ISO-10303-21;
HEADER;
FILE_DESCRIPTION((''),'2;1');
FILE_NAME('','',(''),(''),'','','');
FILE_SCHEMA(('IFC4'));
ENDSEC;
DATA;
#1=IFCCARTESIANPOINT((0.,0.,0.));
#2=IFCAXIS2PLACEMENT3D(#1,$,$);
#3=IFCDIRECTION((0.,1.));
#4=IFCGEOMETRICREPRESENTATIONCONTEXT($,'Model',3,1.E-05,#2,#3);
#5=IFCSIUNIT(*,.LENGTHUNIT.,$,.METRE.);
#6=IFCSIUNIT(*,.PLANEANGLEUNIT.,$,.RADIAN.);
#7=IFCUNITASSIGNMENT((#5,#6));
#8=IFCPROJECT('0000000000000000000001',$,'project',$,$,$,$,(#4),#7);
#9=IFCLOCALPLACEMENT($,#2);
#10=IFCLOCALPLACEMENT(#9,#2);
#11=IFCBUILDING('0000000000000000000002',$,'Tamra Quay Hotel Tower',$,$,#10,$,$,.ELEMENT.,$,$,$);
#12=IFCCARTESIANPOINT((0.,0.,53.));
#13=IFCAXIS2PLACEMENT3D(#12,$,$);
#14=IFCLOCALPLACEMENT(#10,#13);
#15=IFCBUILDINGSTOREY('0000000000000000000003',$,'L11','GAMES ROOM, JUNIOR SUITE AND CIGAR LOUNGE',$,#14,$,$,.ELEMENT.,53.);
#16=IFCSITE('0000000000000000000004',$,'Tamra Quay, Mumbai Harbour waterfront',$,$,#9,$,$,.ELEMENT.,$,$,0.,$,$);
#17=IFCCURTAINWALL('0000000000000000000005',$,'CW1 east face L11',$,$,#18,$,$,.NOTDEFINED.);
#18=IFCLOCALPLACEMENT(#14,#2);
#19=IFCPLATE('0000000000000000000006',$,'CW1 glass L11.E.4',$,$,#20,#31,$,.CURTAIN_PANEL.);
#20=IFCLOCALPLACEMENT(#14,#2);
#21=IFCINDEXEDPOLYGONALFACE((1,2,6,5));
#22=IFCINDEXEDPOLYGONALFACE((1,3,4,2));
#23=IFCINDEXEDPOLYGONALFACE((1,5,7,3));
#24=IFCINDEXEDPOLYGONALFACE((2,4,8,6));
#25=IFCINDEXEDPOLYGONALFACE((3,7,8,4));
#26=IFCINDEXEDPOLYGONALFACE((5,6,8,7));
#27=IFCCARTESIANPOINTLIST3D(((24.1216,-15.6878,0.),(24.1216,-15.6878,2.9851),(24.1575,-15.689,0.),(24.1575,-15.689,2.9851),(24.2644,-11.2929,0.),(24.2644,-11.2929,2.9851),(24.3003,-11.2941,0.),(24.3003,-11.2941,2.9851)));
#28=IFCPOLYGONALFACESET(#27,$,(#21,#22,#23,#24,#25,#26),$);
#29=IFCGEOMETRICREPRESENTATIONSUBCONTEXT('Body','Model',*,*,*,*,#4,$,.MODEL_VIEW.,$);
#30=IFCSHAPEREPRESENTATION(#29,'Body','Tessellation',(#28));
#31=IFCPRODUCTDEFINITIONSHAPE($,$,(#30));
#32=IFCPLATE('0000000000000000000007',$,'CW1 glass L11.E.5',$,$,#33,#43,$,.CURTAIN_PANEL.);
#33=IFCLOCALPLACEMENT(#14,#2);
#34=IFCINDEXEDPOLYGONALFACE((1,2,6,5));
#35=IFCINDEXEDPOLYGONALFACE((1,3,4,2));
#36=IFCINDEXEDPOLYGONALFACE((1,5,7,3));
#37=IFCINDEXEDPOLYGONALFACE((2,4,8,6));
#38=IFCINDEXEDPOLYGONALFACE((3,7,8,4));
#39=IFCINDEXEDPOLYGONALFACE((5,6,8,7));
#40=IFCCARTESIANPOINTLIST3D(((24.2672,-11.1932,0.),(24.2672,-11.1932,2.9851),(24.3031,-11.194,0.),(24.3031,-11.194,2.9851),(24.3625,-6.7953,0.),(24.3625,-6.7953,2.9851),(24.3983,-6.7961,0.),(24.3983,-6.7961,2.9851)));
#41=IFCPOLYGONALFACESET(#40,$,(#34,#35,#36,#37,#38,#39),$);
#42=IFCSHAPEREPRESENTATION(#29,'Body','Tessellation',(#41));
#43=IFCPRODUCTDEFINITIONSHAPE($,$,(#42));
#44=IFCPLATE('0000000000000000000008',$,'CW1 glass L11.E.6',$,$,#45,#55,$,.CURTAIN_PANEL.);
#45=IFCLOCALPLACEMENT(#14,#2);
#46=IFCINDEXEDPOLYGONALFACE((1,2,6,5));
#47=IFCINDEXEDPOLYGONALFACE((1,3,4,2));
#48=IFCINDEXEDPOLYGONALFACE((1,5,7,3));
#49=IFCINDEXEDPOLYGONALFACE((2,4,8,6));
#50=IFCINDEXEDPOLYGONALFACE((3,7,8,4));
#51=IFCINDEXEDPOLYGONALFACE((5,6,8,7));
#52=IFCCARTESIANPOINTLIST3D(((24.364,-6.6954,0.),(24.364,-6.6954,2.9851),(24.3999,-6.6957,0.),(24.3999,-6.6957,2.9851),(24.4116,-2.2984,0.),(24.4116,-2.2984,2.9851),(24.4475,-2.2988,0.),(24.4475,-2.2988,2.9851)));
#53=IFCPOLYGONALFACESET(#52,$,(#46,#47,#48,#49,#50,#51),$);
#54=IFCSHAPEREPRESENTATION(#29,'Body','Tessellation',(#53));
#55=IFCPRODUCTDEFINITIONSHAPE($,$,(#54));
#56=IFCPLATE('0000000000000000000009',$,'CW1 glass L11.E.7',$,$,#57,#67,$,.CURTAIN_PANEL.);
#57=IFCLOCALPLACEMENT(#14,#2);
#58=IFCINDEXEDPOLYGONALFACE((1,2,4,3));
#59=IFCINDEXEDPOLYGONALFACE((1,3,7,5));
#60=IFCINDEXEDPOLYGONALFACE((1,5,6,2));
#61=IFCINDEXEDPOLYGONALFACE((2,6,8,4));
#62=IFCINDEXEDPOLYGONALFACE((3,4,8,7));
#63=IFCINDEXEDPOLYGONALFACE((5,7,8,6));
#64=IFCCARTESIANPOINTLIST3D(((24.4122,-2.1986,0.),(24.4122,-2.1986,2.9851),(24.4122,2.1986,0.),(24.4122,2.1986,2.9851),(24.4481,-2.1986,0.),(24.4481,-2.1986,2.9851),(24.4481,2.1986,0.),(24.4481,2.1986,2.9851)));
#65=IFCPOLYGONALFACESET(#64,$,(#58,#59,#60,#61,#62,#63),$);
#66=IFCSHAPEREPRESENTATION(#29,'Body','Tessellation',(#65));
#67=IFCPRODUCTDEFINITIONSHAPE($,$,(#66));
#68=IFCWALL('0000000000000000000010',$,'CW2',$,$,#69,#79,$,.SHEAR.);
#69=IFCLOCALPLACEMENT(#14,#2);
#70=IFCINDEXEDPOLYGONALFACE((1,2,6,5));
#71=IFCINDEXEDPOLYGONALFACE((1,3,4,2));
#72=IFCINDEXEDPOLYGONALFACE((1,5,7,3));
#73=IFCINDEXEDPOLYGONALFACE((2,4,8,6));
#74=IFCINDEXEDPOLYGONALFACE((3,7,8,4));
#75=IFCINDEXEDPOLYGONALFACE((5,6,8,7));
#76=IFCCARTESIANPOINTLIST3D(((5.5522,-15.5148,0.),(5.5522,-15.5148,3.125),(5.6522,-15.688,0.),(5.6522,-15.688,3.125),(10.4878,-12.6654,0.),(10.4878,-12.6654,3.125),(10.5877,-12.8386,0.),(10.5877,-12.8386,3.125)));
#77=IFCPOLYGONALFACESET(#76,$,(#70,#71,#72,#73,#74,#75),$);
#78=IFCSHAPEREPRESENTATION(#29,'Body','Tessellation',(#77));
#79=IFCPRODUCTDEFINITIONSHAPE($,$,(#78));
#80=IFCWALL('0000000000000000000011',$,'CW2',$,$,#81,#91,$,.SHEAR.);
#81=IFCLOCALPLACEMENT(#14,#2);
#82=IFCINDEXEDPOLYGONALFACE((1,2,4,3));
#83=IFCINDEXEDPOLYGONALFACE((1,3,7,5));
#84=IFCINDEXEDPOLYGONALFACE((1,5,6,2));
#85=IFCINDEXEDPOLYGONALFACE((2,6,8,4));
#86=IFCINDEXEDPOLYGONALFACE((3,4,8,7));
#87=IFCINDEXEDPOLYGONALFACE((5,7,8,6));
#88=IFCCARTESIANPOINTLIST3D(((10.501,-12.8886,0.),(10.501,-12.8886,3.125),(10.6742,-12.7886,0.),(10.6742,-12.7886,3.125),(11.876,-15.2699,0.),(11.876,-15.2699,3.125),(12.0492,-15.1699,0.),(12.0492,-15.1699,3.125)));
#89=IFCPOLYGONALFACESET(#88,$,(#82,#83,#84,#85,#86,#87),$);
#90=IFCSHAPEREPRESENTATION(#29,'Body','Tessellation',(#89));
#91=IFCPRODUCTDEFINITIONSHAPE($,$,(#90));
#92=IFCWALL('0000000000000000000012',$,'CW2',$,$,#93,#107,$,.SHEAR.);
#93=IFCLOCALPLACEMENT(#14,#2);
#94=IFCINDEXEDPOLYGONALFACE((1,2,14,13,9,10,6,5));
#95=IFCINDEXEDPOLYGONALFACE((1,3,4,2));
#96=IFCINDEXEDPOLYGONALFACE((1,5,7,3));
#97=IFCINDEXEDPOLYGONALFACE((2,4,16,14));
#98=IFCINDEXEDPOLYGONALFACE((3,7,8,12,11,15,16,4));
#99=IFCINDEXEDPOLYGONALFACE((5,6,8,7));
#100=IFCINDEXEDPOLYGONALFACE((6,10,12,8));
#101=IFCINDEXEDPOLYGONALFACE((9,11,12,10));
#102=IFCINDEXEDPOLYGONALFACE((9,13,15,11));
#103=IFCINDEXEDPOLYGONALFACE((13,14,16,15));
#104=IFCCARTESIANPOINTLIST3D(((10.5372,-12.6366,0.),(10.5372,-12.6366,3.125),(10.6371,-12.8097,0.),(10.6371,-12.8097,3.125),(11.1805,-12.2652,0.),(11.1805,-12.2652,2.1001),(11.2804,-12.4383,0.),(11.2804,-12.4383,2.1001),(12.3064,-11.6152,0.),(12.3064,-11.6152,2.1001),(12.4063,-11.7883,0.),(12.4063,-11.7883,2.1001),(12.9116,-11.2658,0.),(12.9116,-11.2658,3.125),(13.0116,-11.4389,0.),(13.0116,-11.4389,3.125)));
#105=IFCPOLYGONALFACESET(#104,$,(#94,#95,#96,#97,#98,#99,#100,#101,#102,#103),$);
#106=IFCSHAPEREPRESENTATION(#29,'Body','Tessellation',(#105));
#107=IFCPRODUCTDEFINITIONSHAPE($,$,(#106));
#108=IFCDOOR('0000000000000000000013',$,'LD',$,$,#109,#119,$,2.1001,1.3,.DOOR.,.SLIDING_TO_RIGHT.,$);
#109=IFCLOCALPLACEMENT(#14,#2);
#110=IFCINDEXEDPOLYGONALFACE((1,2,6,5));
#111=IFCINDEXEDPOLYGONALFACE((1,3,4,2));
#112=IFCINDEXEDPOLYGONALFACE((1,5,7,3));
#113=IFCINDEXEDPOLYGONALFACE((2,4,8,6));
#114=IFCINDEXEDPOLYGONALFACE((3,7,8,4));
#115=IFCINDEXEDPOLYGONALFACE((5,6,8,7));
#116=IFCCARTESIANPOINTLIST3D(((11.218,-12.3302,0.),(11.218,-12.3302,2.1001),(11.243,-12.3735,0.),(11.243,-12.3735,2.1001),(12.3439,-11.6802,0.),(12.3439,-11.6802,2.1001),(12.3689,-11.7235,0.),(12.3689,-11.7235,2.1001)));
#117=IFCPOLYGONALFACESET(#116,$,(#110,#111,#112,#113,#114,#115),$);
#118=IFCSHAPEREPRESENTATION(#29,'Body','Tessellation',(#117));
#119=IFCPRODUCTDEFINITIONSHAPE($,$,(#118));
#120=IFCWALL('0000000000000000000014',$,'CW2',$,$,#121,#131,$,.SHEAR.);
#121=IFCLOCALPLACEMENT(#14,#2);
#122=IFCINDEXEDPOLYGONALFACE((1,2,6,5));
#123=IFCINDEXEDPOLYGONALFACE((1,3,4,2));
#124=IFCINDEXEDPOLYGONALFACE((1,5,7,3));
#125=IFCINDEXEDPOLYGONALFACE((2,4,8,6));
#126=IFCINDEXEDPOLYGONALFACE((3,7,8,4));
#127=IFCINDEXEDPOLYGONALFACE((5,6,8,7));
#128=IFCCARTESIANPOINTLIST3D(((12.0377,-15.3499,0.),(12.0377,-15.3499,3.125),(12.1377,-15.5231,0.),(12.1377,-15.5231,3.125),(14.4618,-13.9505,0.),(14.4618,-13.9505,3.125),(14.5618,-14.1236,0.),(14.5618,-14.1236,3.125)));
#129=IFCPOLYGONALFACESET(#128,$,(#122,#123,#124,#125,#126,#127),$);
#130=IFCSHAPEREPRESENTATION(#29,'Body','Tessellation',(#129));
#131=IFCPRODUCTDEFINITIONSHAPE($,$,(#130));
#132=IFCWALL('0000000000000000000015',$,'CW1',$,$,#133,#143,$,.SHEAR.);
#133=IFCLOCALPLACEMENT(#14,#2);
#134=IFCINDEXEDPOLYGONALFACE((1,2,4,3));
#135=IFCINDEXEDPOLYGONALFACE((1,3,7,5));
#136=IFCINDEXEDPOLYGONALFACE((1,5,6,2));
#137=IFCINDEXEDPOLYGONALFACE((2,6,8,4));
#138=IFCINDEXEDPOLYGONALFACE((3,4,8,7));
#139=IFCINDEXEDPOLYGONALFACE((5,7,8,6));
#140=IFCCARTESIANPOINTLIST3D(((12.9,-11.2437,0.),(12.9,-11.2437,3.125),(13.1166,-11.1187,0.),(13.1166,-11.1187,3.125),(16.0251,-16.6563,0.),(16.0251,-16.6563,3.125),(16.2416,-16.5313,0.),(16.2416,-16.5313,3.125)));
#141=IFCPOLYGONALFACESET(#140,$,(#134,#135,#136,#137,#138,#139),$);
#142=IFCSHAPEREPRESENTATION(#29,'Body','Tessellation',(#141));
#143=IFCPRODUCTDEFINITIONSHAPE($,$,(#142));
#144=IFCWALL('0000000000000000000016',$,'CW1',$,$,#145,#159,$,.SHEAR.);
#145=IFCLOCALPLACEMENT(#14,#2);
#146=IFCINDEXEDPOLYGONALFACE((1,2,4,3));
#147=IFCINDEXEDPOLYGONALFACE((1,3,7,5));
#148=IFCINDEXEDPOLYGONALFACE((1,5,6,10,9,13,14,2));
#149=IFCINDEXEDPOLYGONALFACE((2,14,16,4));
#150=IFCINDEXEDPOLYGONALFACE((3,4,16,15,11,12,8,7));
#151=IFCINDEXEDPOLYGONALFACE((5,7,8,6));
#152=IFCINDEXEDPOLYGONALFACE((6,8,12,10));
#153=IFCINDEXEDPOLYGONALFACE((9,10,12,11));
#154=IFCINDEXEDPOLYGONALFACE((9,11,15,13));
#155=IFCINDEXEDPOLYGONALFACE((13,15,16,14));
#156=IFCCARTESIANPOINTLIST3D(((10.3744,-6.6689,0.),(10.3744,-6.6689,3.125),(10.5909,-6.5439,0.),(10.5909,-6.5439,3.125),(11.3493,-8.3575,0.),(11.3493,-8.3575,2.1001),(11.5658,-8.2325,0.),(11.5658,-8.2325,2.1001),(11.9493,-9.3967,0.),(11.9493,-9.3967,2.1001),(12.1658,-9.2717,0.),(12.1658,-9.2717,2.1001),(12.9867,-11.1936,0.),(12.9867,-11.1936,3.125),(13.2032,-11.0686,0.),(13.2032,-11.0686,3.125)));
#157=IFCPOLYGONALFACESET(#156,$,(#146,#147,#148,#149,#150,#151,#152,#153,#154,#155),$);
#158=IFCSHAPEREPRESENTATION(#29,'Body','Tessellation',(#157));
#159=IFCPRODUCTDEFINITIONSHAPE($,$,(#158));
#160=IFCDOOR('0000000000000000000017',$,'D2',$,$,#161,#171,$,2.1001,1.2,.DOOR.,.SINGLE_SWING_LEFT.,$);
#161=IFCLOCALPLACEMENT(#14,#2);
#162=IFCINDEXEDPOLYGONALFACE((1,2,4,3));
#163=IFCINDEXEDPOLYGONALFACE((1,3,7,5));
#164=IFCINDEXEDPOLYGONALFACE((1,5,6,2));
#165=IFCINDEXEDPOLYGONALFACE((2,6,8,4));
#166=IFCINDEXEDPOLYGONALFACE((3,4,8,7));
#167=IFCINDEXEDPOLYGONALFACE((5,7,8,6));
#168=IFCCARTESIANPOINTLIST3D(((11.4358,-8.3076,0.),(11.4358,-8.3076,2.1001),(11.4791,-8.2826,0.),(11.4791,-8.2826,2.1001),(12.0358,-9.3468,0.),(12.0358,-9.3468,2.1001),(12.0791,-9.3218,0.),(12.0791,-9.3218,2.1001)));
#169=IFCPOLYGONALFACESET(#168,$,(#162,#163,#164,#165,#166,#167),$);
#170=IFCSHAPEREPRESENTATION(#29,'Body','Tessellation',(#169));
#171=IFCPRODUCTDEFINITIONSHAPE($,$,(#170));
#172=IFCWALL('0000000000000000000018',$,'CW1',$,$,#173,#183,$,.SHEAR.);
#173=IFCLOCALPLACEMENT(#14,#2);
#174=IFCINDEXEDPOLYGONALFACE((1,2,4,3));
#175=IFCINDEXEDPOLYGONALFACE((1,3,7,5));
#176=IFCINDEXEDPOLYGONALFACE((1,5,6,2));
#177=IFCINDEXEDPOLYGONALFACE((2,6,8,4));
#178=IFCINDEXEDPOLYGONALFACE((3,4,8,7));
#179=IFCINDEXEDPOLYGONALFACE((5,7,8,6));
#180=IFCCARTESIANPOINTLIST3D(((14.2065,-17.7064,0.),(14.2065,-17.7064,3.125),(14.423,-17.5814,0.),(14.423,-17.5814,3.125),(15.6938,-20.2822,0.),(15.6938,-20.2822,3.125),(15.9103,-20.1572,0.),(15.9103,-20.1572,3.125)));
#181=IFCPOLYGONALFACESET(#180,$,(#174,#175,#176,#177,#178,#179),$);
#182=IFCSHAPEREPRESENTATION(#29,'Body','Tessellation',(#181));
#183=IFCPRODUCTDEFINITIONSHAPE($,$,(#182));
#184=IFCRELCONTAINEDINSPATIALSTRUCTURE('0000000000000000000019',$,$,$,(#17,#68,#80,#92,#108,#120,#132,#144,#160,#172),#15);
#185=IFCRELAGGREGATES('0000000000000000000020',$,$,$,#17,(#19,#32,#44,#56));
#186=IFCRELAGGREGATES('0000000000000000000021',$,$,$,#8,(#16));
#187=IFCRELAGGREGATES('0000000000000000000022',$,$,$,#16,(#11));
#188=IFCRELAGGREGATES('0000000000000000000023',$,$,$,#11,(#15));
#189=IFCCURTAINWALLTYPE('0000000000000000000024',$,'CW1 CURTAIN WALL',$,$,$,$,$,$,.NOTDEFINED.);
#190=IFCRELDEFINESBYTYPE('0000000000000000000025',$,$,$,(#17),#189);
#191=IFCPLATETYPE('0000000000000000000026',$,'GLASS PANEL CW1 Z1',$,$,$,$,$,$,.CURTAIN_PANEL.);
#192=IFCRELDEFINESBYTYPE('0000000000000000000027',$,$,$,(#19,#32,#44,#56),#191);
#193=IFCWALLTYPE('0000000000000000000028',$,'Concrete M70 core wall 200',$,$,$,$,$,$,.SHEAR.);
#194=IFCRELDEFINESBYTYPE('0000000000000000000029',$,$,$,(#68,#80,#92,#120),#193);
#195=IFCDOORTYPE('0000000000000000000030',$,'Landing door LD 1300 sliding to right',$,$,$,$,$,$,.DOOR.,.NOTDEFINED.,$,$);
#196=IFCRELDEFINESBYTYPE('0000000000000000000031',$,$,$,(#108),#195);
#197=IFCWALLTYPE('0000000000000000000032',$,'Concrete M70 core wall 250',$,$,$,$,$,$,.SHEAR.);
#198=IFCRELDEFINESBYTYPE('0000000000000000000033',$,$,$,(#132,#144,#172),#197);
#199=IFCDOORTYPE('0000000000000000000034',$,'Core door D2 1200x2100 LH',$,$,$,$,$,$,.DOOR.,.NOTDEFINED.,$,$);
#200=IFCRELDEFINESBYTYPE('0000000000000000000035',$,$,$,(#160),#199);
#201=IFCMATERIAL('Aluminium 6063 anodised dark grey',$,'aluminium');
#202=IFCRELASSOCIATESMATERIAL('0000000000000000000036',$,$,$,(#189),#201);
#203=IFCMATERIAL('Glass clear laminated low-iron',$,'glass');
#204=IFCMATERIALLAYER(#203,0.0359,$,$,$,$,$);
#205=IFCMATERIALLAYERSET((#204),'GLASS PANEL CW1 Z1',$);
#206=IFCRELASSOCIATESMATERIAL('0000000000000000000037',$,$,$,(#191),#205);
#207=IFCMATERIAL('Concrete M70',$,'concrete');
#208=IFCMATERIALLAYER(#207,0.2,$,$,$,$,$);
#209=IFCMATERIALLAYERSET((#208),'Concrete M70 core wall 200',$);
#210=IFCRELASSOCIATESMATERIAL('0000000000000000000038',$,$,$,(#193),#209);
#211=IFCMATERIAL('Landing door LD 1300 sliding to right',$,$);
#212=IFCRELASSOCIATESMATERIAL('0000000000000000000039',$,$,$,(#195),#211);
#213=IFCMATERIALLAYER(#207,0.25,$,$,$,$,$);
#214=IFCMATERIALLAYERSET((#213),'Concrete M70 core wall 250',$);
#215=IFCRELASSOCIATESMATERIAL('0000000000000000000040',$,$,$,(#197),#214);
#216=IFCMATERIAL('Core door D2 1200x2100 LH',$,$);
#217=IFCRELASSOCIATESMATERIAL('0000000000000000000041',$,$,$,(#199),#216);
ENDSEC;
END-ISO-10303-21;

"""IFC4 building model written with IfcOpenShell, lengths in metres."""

from ifc_helpers import new_model, si_unit, direction, frame, frame_2d, origin, origin_2d, place, context, subcontext, project, spatial, rectangle, extrude, material, layer, layer_set, type_object, element, fill, aggregate, save


model = new_model("IFC4")

# Units and contexts
model_context = context("Model", 3, precision=1e-05, world=origin(), true_north=direction((0.0, 1.0)))
body_context = subcontext(model_context, "Body", "Model", "MODEL_VIEW")
ifc_project = project(units=[si_unit("LENGTHUNIT", "METRE"), si_unit("PLANEANGLEUNIT", "RADIAN")], contexts=[model_context])

# Site, building, storey
site_placement = place(None, origin())
site = spatial("IfcSite", under=ifc_project, at=site_placement, Name="Tamra Quay, Mumbai Harbour waterfront", CompositionType="ELEMENT", RefElevation=0.0)
building_placement = place(site_placement, origin())
building = spatial("IfcBuilding", under=site, at=building_placement, Name="Tamra Quay Hotel Tower", CompositionType="ELEMENT")
storey_placement = place(building_placement, frame((0.0, 0.0, 53.0)))
storey = spatial("IfcBuildingStorey", under=building, at=storey_placement, Name="L11", Description="GAMES ROOM, JUNIOR SUITE AND CIGAR LOUNGE", CompositionType="ELEMENT", Elevation=53.0)

# Shared definitions
ifc_material_1 = material(Name="Concrete M70", Category="concrete")

# Curtain wall
ifc_material_2 = material(Name="Aluminium 6063 anodised dark grey", Category="aluminium")
curtain_wall_type = type_object("IfcCurtainWallType", Name="CW1 CURTAIN WALL", PredefinedType="NOTDEFINED", material=ifc_material_2)
curtain_wall_placement = place(storey_placement, origin())
curtain_wall = element("IfcCurtainWall", 1, at=curtain_wall_placement, inside=storey, type_object=curtain_wall_type, Name="CW1 east face L11", PredefinedType="NOTDEFINED")

# Plates
ifc_material_3 = material(Name="Glass clear laminated low-iron", Category="glass")
ifc_layer_1 = layer(ifc_material_3, 0.0359)
ifc_layer_set_1 = layer_set([ifc_layer_1], Name="GLASS PANEL CW1 Z1")
plate_type = type_object("IfcPlateType", Name="GLASS PANEL CW1 Z1", PredefinedType="CURTAIN_PANEL", material=ifc_layer_set_1)
plate_1_placement = place(storey_placement, frame((24.2109, -13.491, 0.0), z_axis=(0.0, 0.0, 1.0), x_axis=(0.032475, 0.999473, 0.0)))
plate_1 = element("IfcPlate", 2, at=plate_1_placement, type_object=plate_type, Name="CW1 glass L11.E.4", PredefinedType="CURTAIN_PANEL", context=body_context, shape_type="SweptSolid", body=[
    extrude(rectangle(XDim=4.3972, YDim=0.0359, at=origin_2d()), origin(), (0.0, 0.0, 1.0), 2.9851),
])
plate_2_placement = place(storey_placement, frame((24.3328, -8.9946, 0.0), z_axis=(0.0, 0.0, 1.0), x_axis=(0.021657, 0.999765, 0.0)))
plate_2 = element("IfcPlate", 3, at=plate_2_placement, type_object=plate_type, Name="CW1 glass L11.E.5", PredefinedType="CURTAIN_PANEL", context=body_context, shape_type="SweptSolid", body=[
    extrude(rectangle(XDim=4.3989, YDim=0.0359, at=origin_2d()), origin(), (0.0, 0.0, 1.0), 2.9851),
])
plate_3_placement = place(storey_placement, frame((24.4058, -4.4971, 0.0), z_axis=(0.0, 0.0, 1.0), x_axis=(0.010836, 0.999941, 0.0)))
plate_3 = element("IfcPlate", 4, at=plate_3_placement, type_object=plate_type, Name="CW1 glass L11.E.6", PredefinedType="CURTAIN_PANEL", context=body_context, shape_type="SweptSolid", body=[
    extrude(rectangle(XDim=4.3972, YDim=0.0359, at=origin_2d()), origin(), (0.0, 0.0, 1.0), 2.9851),
])
plate_4_placement = place(storey_placement, frame((24.4302, 0.0, 0.0), z_axis=(0.0, 0.0, 1.0), x_axis=(0.0, 1.0, 0.0)))
plate_4 = element("IfcPlate", 5, at=plate_4_placement, type_object=plate_type, Name="CW1 glass L11.E.7", PredefinedType="CURTAIN_PANEL", context=body_context, shape_type="SweptSolid", body=[
    extrude(rectangle(XDim=4.3972, YDim=0.0359, at=origin_2d()), origin(), (0.0, 0.0, 1.0), 2.9851),
])
aggregate(curtain_wall, [plate_1, plate_2, plate_3, plate_4])

# Walls
ifc_layer_2 = layer(ifc_material_1, 0.2)
ifc_layer_set_2 = layer_set([ifc_layer_2], Name="Concrete M70 core wall 200")
wall_type_1 = type_object("IfcWallType", Name="Concrete M70 core wall 200", PredefinedType="SHEAR", material=ifc_layer_set_2)
wall_1_placement = place(storey_placement, frame((10.5378, -12.752, 0.0), z_axis=(0.0, 0.0, 1.0), x_axis=(-0.866039, -0.499977, 0.0)))
element("IfcWall", 6, at=wall_1_placement, inside=storey, type_object=wall_type_1, Name="CW2", PredefinedType="SHEAR", context=body_context, shape_type="SweptSolid", body=[
    extrude(rectangle(XDim=5.699, YDim=0.2, at=frame_2d((2.8496, 0.0))), origin(), (0.0, 0.0, 1.0), 3.125),
])
wall_2_placement = place(storey_placement, frame((11.9626, -15.22, 0.0), z_axis=(0.0, 0.0, 1.0), x_axis=(-0.500035, 0.866005, 0.0)))
element("IfcWall", 7, at=wall_2_placement, inside=storey, type_object=wall_type_1, Name="CW2", PredefinedType="SHEAR", context=body_context, shape_type="SweptSolid", body=[
    extrude(rectangle(XDim=2.7498, YDim=0.2, at=frame_2d((1.375, 0.0))), origin(), (0.0, 0.0, 1.0), 3.125),
])

# Wall, opening, door
wall_3_placement = place(storey_placement, frame((10.5872, -12.7231, 0.0), z_axis=(0.0, 0.0, 1.0), x_axis=(0.866037, 0.499979, 0.0)))
wall_3 = element("IfcWall", 8, at=wall_3_placement, inside=storey, type_object=wall_type_1, Name="CW2", PredefinedType="SHEAR", context=body_context, shape_type="SweptSolid", body=[
    extrude(rectangle(XDim=2.7417, YDim=0.2, at=frame_2d((1.3708, 0.0))), origin(), (0.0, 0.0, 1.0), 3.125),
])
opening_1_placement = place(wall_3_placement, frame((0.7429, 0.0, 0.0)))
opening_1 = element("IfcOpeningElement", 9, at=opening_1_placement, cuts=wall_3, PredefinedType="OPENING", context=body_context, shape_type="SweptSolid", body=[
    extrude(rectangle(XDim=1.3, YDim=2.1001, at=frame_2d((0.6499, 1.05))), frame((0.0, 0.1099, 0.0), z_axis=(0.0, -1.0, 0.0), x_axis=(1.0, 0.0, 0.0)), (0.0, 0.0, 1.0), 0.22),
])
ifc_material_4 = material(Name="Landing door LD 1300 sliding to right")
door_type_1 = type_object("IfcDoorType", Name="Landing door LD 1300 sliding to right", OperationType="NOTDEFINED", PredefinedType="DOOR", material=ifc_material_4)
door_1_placement = place(opening_1_placement, origin())
door_1 = element("IfcDoor", 10, at=door_1_placement, inside=storey, type_object=door_type_1, Name="LD", OperationType="SLIDING_TO_RIGHT", OverallHeight=2.1001, OverallWidth=1.3, PredefinedType="DOOR", context=body_context, shape_type="SweptSolid", body=[
    extrude(rectangle(XDim=1.3, YDim=2.1001, at=frame_2d((0.6499, 1.05))), frame((0.0, 0.0249, 0.0), z_axis=(0.0, -1.0, 0.0), x_axis=(1.0, 0.0, 0.0)), (0.0, 0.0, 1.0), 0.05),
])
fill(opening_1, door_1)

# Walls
wall_4_placement = place(storey_placement, frame((14.5117, -14.0371, 0.0), z_axis=(0.0, 0.0, 1.0), x_axis=(-0.866045, -0.499967, 0.0)))
element("IfcWall", 11, at=wall_4_placement, inside=storey, type_object=wall_type_1, Name="CW2", PredefinedType="SHEAR", context=body_context, shape_type="SweptSolid", body=[
    extrude(rectangle(XDim=2.7991, YDim=0.2, at=frame_2d((1.3994, 0.0))), origin(), (0.0, 0.0, 1.0), 3.125),
])
ifc_layer_3 = layer(ifc_material_1, 0.25)
ifc_layer_set_3 = layer_set([ifc_layer_3], Name="Concrete M70 core wall 250")
wall_type_2 = type_object("IfcWallType", Name="Concrete M70 core wall 250", PredefinedType="SHEAR", material=ifc_layer_set_3)
wall_5_placement = place(storey_placement, frame((13.0083, -11.1812, 0.0), z_axis=(0.0, 0.0, 1.0), x_axis=(0.500004, -0.866023, 0.0)))
element("IfcWall", 12, at=wall_5_placement, inside=storey, type_object=wall_type_2, Name="CW1", PredefinedType="SHEAR", context=body_context, shape_type="SweptSolid", body=[
    extrude(rectangle(XDim=6.25, YDim=0.25, at=frame_2d((3.125, 0.0))), origin(), (0.0, 0.0, 1.0), 3.125),
])

# Wall, opening, door
wall_6_placement = place(storey_placement, frame((10.4827, -6.6064, 0.0), z_axis=(0.0, 0.0, 1.0), x_axis=(0.499999, -0.866026, 0.0)))
wall_6 = element("IfcWall", 13, at=wall_6_placement, inside=storey, type_object=wall_type_2, Name="CW1", PredefinedType="SHEAR", context=body_context, shape_type="SweptSolid", body=[
    extrude(rectangle(XDim=5.2246, YDim=0.25, at=frame_2d((2.6123, 0.0))), origin(), (0.0, 0.0, 1.0), 3.125),
])
opening_2_placement = place(wall_6_placement, frame((1.9497, 0.0, 0.0)))
opening_2 = element("IfcOpeningElement", 14, at=opening_2_placement, cuts=wall_6, PredefinedType="OPENING", context=body_context, shape_type="SweptSolid", body=[
    extrude(rectangle(XDim=1.2, YDim=2.1001, at=frame_2d((0.6001, 1.05))), frame((0.0, 0.135, 0.0), z_axis=(0.0, -1.0, 0.0), x_axis=(1.0, 0.0, 0.0)), (0.0, 0.0, 1.0), 0.27),
])
ifc_material_5 = material(Name="Core door D2 1200x2100 LH")
door_type_2 = type_object("IfcDoorType", Name="Core door D2 1200x2100 LH", OperationType="NOTDEFINED", PredefinedType="DOOR", material=ifc_material_5)
door_2_placement = place(opening_2_placement, origin())
door_2 = element("IfcDoor", 15, at=door_2_placement, inside=storey, type_object=door_type_2, Name="D2", OperationType="SINGLE_SWING_LEFT", OverallHeight=2.1001, OverallWidth=1.2, PredefinedType="DOOR", context=body_context, shape_type="SweptSolid", body=[
    extrude(rectangle(XDim=1.2, YDim=2.1001, at=frame_2d((0.6001, 1.05))), frame((0.0, 0.0249, 0.0), z_axis=(0.0, -1.0, 0.0), x_axis=(1.0, 0.0, 0.0)), (0.0, 0.0, 1.0), 0.05),
])
fill(opening_2, door_2)

# Wall
wall_7_placement = place(storey_placement, frame((14.3147, -17.6438, 0.0), z_axis=(0.0, 0.0, 1.0), x_axis=(0.500023, -0.866012, 0.0)))
element("IfcWall", 16, at=wall_7_placement, inside=storey, type_object=wall_type_2, Name="CW1", PredefinedType="SHEAR", context=body_context, shape_type="SweptSolid", body=[
    extrude(rectangle(XDim=2.9744, YDim=0.25, at=frame_2d((1.4873, 0.0))), origin(), (0.0, 0.0, 1.0), 3.125),
])

save(model, "model.ifc")
